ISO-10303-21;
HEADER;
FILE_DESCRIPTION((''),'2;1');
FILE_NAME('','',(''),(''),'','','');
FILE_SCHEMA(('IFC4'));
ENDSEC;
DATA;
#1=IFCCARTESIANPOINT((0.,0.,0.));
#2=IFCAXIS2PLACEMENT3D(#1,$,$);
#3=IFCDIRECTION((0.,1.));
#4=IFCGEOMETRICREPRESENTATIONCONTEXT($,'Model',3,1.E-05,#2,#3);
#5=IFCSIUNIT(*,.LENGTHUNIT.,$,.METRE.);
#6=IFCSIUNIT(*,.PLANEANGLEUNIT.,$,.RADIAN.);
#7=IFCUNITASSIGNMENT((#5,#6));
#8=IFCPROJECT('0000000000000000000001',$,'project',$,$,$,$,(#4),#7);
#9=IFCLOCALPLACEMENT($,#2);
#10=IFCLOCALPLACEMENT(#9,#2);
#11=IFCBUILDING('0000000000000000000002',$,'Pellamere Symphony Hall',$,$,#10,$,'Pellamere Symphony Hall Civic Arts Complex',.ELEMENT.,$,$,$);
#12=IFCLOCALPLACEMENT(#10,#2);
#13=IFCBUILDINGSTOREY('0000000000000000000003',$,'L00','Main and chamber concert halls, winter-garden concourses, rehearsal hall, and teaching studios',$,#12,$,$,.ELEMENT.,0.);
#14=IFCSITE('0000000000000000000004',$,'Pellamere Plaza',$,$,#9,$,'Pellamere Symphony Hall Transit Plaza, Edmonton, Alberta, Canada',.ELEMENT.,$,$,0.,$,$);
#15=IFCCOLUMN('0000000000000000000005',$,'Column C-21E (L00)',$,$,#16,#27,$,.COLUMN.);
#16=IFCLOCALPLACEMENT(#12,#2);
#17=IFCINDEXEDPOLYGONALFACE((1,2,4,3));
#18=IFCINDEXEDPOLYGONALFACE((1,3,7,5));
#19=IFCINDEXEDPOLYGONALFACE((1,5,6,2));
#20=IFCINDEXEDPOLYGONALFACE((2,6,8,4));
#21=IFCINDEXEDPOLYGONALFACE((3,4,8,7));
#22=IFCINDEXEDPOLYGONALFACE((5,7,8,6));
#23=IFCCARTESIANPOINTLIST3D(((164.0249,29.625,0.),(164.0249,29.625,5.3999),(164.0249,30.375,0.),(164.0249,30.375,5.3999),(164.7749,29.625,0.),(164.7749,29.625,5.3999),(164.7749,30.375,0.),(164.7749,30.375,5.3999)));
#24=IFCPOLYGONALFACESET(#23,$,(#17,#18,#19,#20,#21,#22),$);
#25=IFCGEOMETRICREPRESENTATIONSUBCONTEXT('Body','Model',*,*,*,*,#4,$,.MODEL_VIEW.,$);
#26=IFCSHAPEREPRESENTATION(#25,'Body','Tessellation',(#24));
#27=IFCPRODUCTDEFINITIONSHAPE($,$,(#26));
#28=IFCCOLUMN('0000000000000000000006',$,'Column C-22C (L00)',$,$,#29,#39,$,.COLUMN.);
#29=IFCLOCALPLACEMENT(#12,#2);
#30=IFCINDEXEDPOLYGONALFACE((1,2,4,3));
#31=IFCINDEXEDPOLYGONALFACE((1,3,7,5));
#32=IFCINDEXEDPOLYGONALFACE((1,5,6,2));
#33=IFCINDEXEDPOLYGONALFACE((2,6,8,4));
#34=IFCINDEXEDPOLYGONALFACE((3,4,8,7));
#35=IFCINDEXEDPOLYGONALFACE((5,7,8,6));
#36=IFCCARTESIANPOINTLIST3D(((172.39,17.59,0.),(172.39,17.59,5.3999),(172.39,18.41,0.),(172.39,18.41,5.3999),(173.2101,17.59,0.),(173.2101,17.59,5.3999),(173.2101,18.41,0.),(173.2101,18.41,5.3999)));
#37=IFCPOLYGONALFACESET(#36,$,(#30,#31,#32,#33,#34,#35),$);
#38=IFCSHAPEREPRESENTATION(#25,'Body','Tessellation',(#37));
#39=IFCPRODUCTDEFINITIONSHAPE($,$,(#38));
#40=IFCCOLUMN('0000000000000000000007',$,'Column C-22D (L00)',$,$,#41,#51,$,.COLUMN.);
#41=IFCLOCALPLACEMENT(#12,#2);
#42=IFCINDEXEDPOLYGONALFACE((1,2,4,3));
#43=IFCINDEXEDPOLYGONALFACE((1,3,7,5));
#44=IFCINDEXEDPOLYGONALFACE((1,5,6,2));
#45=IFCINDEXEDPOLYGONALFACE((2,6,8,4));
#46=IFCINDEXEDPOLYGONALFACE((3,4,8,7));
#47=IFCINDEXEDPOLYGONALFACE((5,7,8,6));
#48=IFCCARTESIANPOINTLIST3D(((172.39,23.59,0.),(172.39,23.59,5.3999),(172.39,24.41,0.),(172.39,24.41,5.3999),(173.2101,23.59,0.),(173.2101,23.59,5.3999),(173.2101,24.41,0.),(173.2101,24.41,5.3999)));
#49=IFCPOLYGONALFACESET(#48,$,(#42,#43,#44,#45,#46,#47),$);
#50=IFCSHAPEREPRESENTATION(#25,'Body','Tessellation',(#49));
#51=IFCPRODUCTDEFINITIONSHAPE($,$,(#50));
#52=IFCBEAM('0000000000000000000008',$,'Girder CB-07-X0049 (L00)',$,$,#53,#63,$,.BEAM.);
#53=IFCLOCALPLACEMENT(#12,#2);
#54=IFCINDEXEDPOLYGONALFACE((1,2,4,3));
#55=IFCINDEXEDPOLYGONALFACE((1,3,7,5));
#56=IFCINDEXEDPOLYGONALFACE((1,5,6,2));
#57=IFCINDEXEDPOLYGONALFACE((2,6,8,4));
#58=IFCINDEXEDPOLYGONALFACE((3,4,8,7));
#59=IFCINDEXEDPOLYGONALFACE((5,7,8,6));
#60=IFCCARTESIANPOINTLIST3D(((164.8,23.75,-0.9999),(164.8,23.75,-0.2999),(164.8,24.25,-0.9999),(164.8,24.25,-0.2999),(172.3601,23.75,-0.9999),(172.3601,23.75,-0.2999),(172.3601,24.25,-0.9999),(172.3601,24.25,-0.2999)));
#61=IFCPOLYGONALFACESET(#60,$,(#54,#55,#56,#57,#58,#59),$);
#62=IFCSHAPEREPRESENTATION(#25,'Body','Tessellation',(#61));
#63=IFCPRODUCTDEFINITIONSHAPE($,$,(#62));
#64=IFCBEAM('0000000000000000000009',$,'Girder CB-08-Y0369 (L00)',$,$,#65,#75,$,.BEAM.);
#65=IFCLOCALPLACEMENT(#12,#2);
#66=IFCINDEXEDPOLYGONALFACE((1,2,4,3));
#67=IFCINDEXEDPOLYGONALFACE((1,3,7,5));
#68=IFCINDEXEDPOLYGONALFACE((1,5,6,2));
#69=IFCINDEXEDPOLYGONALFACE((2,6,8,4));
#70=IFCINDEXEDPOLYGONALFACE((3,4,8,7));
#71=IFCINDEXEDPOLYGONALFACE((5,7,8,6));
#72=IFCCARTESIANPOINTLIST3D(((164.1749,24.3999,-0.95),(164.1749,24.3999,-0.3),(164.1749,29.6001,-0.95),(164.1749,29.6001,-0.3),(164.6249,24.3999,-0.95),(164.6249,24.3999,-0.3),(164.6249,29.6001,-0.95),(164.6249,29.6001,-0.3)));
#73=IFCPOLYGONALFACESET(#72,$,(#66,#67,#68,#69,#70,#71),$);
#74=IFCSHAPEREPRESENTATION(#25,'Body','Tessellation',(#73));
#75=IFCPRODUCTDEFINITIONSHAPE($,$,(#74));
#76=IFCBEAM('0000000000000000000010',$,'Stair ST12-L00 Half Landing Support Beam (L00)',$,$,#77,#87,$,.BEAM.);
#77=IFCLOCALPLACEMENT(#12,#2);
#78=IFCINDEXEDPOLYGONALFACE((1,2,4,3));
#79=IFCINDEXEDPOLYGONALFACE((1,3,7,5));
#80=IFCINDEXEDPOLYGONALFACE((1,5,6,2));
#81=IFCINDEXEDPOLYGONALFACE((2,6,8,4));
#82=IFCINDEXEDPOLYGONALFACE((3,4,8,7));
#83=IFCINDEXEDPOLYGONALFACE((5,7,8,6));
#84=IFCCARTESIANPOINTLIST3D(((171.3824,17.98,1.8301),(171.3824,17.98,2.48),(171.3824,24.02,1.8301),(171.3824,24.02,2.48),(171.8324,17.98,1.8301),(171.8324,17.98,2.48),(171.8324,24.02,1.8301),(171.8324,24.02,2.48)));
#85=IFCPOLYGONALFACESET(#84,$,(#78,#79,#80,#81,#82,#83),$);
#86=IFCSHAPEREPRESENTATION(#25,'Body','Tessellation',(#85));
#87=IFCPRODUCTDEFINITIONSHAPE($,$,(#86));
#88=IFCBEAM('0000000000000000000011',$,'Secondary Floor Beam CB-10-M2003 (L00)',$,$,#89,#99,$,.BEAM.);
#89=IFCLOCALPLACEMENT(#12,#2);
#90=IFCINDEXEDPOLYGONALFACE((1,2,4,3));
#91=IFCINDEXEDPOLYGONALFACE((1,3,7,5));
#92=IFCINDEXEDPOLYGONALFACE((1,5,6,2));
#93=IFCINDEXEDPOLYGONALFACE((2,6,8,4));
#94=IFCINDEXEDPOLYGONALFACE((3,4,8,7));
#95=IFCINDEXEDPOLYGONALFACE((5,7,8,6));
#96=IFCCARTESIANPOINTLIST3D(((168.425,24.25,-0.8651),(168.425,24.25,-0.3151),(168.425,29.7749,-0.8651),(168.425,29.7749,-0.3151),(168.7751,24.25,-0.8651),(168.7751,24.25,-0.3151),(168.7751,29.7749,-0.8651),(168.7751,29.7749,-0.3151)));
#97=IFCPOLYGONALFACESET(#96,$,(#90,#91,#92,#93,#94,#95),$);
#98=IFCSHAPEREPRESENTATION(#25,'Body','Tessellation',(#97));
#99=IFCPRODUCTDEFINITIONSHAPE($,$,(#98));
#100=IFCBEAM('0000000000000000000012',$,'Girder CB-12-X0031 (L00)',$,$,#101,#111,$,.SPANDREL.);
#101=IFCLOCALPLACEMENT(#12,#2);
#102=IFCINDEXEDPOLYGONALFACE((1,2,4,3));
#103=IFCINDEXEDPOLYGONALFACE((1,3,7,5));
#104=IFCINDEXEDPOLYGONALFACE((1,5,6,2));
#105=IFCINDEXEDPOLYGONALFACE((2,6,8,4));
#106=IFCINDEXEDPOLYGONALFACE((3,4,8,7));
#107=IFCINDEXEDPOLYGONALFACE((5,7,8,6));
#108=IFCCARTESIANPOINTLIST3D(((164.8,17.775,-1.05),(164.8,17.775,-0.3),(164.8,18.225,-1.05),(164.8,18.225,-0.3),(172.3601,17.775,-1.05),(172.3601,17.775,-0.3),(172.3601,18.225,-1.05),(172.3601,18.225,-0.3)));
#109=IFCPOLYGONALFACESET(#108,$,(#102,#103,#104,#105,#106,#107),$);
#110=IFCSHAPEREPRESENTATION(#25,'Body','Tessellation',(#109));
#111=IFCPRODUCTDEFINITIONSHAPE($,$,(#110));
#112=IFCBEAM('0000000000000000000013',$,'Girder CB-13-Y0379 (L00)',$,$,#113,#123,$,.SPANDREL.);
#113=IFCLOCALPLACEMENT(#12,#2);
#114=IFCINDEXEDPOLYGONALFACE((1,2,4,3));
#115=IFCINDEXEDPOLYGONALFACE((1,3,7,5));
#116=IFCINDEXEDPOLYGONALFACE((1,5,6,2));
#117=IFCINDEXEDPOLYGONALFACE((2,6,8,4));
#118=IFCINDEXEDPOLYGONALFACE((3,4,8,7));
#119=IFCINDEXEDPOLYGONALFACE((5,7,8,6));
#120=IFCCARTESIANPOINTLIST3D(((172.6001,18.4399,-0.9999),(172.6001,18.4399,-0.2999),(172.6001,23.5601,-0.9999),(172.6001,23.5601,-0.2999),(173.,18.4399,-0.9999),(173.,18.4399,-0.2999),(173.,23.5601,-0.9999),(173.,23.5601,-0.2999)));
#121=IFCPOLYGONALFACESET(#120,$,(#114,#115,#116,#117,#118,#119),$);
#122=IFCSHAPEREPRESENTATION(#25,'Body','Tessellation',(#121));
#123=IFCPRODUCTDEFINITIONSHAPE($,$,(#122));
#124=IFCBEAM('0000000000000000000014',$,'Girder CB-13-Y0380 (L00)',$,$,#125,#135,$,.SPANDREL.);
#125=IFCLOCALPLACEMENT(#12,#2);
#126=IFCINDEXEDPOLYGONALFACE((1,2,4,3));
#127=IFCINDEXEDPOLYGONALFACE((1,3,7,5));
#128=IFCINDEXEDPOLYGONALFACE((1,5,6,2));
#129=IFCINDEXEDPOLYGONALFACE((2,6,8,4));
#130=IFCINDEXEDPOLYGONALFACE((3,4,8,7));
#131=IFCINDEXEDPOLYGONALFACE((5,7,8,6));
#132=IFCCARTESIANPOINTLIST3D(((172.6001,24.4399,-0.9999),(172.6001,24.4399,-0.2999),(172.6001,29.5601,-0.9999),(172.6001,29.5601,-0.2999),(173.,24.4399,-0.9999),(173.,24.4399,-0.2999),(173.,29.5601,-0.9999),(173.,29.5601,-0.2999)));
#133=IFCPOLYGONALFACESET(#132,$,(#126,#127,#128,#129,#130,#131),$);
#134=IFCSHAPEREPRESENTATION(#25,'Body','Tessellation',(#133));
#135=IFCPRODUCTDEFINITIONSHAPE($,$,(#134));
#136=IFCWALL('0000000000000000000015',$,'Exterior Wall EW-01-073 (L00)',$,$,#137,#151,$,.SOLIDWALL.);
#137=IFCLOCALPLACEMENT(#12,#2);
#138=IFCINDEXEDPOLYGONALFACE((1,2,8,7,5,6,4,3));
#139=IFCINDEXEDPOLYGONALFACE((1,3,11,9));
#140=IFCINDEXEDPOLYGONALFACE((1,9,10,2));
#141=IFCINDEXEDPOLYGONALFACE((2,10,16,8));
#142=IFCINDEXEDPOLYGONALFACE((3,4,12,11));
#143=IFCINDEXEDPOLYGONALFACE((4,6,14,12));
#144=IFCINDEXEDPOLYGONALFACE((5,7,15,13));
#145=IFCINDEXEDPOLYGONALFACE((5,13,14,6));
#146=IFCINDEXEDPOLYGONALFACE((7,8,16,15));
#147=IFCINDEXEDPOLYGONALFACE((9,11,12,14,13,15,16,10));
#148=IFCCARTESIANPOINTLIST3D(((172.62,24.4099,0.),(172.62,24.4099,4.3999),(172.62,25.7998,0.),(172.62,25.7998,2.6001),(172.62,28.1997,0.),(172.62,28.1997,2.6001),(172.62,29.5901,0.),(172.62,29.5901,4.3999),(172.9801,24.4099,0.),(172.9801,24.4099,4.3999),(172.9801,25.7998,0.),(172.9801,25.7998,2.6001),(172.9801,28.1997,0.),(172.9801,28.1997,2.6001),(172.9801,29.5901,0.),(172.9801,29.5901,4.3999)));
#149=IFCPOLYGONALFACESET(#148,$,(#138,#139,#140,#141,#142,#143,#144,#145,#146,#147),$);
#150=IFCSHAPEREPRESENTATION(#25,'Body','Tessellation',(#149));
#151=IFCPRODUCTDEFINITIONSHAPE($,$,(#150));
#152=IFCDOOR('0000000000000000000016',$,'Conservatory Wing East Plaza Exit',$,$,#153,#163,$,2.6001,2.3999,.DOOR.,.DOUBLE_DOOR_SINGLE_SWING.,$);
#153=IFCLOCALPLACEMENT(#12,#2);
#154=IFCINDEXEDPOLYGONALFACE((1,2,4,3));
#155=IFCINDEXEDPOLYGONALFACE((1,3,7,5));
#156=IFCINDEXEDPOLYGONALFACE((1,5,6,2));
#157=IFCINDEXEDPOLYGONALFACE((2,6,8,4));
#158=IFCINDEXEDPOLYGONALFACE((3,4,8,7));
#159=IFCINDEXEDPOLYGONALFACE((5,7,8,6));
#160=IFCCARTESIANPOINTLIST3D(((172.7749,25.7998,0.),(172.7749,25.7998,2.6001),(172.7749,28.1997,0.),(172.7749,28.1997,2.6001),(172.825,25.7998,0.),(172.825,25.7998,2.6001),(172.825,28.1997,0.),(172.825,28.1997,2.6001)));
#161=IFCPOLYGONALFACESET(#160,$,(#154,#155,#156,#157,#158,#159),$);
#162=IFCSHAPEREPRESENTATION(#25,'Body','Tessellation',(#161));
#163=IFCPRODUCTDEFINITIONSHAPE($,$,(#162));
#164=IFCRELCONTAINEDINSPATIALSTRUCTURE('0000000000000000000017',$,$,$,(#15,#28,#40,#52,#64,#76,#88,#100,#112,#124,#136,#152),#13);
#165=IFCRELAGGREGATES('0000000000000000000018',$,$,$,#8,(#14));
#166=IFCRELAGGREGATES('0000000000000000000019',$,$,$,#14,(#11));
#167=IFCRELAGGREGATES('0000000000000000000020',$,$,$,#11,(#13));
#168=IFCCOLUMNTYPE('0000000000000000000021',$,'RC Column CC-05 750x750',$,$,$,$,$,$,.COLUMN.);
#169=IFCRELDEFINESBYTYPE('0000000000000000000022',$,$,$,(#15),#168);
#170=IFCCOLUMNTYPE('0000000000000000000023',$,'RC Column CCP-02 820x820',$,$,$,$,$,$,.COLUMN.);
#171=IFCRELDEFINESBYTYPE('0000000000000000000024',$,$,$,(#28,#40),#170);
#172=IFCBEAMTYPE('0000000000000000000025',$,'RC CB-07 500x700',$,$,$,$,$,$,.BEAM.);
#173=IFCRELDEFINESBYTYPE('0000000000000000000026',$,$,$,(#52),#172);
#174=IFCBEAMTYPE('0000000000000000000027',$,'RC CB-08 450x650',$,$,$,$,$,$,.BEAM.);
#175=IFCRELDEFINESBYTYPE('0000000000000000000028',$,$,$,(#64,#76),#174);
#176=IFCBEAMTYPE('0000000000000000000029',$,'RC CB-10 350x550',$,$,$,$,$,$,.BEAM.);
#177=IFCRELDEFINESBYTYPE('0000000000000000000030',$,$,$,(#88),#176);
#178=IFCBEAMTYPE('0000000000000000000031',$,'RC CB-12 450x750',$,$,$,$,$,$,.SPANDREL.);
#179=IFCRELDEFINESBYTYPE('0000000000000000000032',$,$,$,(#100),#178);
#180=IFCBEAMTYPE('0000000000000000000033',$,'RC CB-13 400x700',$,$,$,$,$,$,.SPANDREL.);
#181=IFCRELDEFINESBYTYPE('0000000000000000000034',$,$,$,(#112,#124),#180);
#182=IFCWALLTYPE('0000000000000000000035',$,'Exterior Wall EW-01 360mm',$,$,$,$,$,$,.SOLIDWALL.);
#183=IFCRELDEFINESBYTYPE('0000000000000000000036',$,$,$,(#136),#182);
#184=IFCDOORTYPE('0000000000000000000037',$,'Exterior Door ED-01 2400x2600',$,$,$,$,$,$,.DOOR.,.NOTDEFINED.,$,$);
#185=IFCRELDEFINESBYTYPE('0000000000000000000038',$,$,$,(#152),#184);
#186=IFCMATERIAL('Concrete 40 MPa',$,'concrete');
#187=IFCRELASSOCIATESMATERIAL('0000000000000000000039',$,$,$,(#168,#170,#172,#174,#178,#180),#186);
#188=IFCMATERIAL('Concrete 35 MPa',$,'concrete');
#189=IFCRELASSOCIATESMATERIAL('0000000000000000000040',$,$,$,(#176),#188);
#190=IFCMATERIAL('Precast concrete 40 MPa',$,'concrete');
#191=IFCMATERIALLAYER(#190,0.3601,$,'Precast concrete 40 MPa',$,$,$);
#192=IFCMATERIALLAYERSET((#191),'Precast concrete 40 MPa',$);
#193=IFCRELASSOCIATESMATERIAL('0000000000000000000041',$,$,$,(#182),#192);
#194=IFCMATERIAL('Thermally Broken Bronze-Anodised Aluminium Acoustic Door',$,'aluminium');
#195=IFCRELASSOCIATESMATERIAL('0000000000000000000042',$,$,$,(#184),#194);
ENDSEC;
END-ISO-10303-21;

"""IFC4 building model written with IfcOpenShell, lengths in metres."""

from ifc_helpers import new_model, si_unit, direction, frame, frame_2d, origin, origin_2d, place, context, subcontext, project, spatial, rectangle, extrude, material, layer, layer_set, material_profile, profile_set, type_object, element, fill, save


model = new_model("IFC4")

# Units and contexts
model_context = context("Model", 3, precision=1e-05, world=origin(), true_north=direction((0.0, 1.0)))
body_context = subcontext(model_context, "Body", "Model", "MODEL_VIEW")
ifc_project = project(units=[si_unit("LENGTHUNIT", "METRE"), si_unit("PLANEANGLEUNIT", "RADIAN")], contexts=[model_context])

# Site, building, storey
site_placement = place(None, origin())
site = spatial("IfcSite", under=ifc_project, at=site_placement, Name="Pellamere Plaza", LongName="Pellamere Symphony Hall Transit Plaza, Edmonton, Alberta, Canada", CompositionType="ELEMENT", RefElevation=0.0)
building_placement = place(site_placement, origin())
building = spatial("IfcBuilding", under=site, at=building_placement, Name="Pellamere Symphony Hall", LongName="Pellamere Symphony Hall Civic Arts Complex", CompositionType="ELEMENT")
storey_placement = place(building_placement, origin())
storey = spatial("IfcBuildingStorey", under=building, at=storey_placement, Name="L00", Description="Main and chamber concert halls, winter-garden concourses, rehearsal hall, and teaching studios", CompositionType="ELEMENT", Elevation=0.0)

# Columns
ifc_material_1 = material(Name="Concrete 40 MPa", Category="concrete")
ifc_material_profile_1 = material_profile(ifc_material_1, rectangle(XDim=0.75, YDim=0.75, at=origin_2d()), Name="RC 750x750")
ifc_profile_set_1 = profile_set([ifc_material_profile_1], Name="Concrete 40 MPa")
column_type_1 = type_object("IfcColumnType", Name="RC Column CC-05 750x750", PredefinedType="COLUMN", material=ifc_profile_set_1)
column_placement = place(storey_placement, frame((164.3999, 30.0, 0.0), z_axis=(0.0, 0.0, 1.0), x_axis=(1.0, 0.0, 0.0)))
element("IfcColumn", 1, at=column_placement, inside=storey, type_object=column_type_1, Name="Column C-21E (L00)", PredefinedType="COLUMN", context=body_context, shape_type="SweptSolid", body=[
    extrude(rectangle(XDim=0.75, YDim=0.75, at=origin_2d()), origin(), (0.0, 0.0, 1.0), 5.3999),
])
ifc_material_profile_2 = material_profile(ifc_material_1, rectangle(XDim=0.8201, YDim=0.8201, at=origin_2d()), Name="RC 820x820")
ifc_profile_set_2 = profile_set([ifc_material_profile_2], Name="Concrete 40 MPa")
column_type_2 = type_object("IfcColumnType", Name="RC Column CCP-02 820x820", PredefinedType="COLUMN", material=ifc_profile_set_2)
for number, where, z_axis, x_axis, name in (
    (2, (172.8, 18.0, 0.0), (0.0, 0.0, 1.0), (1.0, 0.0, 0.0), "Column C-22C (L00)"),
    (3, (172.8, 24.0, 0.0), (0.0, 0.0, 1.0), (1.0, 0.0, 0.0), "Column C-22D (L00)"),
):
    element("IfcColumn", number, at=place(storey_placement, frame(where, z_axis=z_axis, x_axis=x_axis)), inside=storey, type_object=column_type_2, Name=name, PredefinedType="COLUMN", context=body_context, shape_type="SweptSolid", body=[
        extrude(rectangle(XDim=0.8201, YDim=0.8201, at=origin_2d()), origin(), (0.0, 0.0, 1.0), 5.3999),
    ])

# Beams
ifc_material_profile_3 = material_profile(ifc_material_1, rectangle(XDim=0.5, YDim=0.7, at=origin_2d()), Name="RC 500x700")
ifc_profile_set_3 = profile_set([ifc_material_profile_3], Name="Concrete 40 MPa")
beam_type_1 = type_object("IfcBeamType", Name="RC CB-07 500x700", PredefinedType="BEAM", material=ifc_profile_set_3)
beam_1_placement = place(storey_placement, frame((164.8, 24.0, -0.6499), z_axis=(1.0, 0.0, 0.0), x_axis=(0.0, 1.0, 0.0)))
element("IfcBeam", 4, at=beam_1_placement, inside=storey, type_object=beam_type_1, Name="Girder CB-07-X0049 (L00)", PredefinedType="BEAM", context=body_context, shape_type="SweptSolid", body=[
    extrude(rectangle(XDim=0.5, YDim=0.7, at=origin_2d()), origin(), (0.0, 0.0, 1.0), 7.5601),
])
ifc_material_profile_4 = material_profile(ifc_material_1, rectangle(XDim=0.45, YDim=0.6499, at=origin_2d()), Name="RC 450x650")
ifc_profile_set_4 = profile_set([ifc_material_profile_4], Name="Concrete 40 MPa")
beam_type_2 = type_object("IfcBeamType", Name="RC CB-08 450x650", PredefinedType="BEAM", material=ifc_profile_set_4)
beam_2_placement = place(storey_placement, frame((164.3999, 24.3999, -0.625), z_axis=(0.0, 1.0, 0.0), x_axis=(-1.0, 0.0, 0.0)))
element("IfcBeam", 5, at=beam_2_placement, inside=storey, type_object=beam_type_2, Name="Girder CB-08-Y0369 (L00)", PredefinedType="BEAM", context=body_context, shape_type="SweptSolid", body=[
    extrude(rectangle(XDim=0.45, YDim=0.6499, at=origin_2d()), origin(), (0.0, 0.0, 1.0), 5.2002),
])
beam_3_placement = place(storey_placement, frame((171.6074, 17.98, 2.155), z_axis=(0.0, 1.0, 0.0), x_axis=(-1.0, 0.0, 0.0)))
element("IfcBeam", 6, at=beam_3_placement, inside=storey, type_object=beam_type_2, Name="Stair ST12-L00 Half Landing Support Beam (L00)", PredefinedType="BEAM", context=body_context, shape_type="SweptSolid", body=[
    extrude(rectangle(XDim=0.45, YDim=0.6499, at=origin_2d()), origin(), (0.0, 0.0, 1.0), 6.04),
])
ifc_material_2 = material(Name="Concrete 35 MPa", Category="concrete")
ifc_material_profile_5 = material_profile(ifc_material_2, rectangle(XDim=0.3501, YDim=0.55, at=origin_2d()), Name="RC 350x550")
ifc_profile_set_5 = profile_set([ifc_material_profile_5], Name="Concrete 35 MPa")
beam_type_3 = type_object("IfcBeamType", Name="RC CB-10 350x550", PredefinedType="BEAM", material=ifc_profile_set_5)
beam_4_placement = place(storey_placement, frame((168.6001, 24.25, -0.5901), z_axis=(0.0, 1.0, 0.0), x_axis=(-1.0, 0.0, 0.0)))
element("IfcBeam", 7, at=beam_4_placement, inside=storey, type_object=beam_type_3, Name="Secondary Floor Beam CB-10-M2003 (L00)", PredefinedType="BEAM", context=body_context, shape_type="SweptSolid", body=[
    extrude(rectangle(XDim=0.3501, YDim=0.55, at=origin_2d()), origin(), (0.0, 0.0, 1.0), 5.5249),
])
ifc_material_profile_6 = material_profile(ifc_material_1, rectangle(XDim=0.45, YDim=0.75, at=origin_2d()), Name="RC 450x750")
ifc_profile_set_6 = profile_set([ifc_material_profile_6], Name="Concrete 40 MPa")
beam_type_4 = type_object("IfcBeamType", Name="RC CB-12 450x750", PredefinedType="SPANDREL", material=ifc_profile_set_6)
beam_5_placement = place(storey_placement, frame((164.8, 18.0, -0.675), z_axis=(1.0, 0.0, 0.0), x_axis=(0.0, 1.0, 0.0)))
element("IfcBeam", 8, at=beam_5_placement, inside=storey, type_object=beam_type_4, Name="Girder CB-12-X0031 (L00)", PredefinedType="SPANDREL", context=body_context, shape_type="SweptSolid", body=[
    extrude(rectangle(XDim=0.45, YDim=0.75, at=origin_2d()), origin(), (0.0, 0.0, 1.0), 7.5601),
])
ifc_material_profile_7 = material_profile(ifc_material_1, rectangle(XDim=0.3999, YDim=0.7, at=origin_2d()), Name="RC 400x700")
ifc_profile_set_7 = profile_set([ifc_material_profile_7], Name="Concrete 40 MPa")
beam_type_5 = type_object("IfcBeamType", Name="RC CB-13 400x700", PredefinedType="SPANDREL", material=ifc_profile_set_7)
for number, where, z_axis, x_axis, name in (
    (9, (172.8, 18.4399, -0.6499), (0.0, 1.0, 0.0), (-1.0, 0.0, 0.0), "Girder CB-13-Y0379 (L00)"),
    (10, (172.8, 24.4399, -0.6499), (0.0, 1.0, 0.0), (-1.0, 0.0, 0.0), "Girder CB-13-Y0380 (L00)"),
):
    element("IfcBeam", number, at=place(storey_placement, frame(where, z_axis=z_axis, x_axis=x_axis)), inside=storey, type_object=beam_type_5, Name=name, PredefinedType="SPANDREL", context=body_context, shape_type="SweptSolid", body=[
        extrude(rectangle(XDim=0.3999, YDim=0.7, at=origin_2d()), origin(), (0.0, 0.0, 1.0), 5.1201),
    ])

# Wall, opening, door
ifc_material_3 = material(Name="Precast concrete 40 MPa", Category="concrete")
ifc_layer_1 = layer(ifc_material_3, 0.3601, Name="Precast concrete 40 MPa")
ifc_layer_set_1 = layer_set([ifc_layer_1], Name="Precast concrete 40 MPa")
wall_type_1 = type_object("IfcWallType", Name="Exterior Wall EW-01 360mm", PredefinedType="SOLIDWALL", material=ifc_layer_set_1)
wall_1_placement = place(storey_placement, frame((172.8, 24.4099, 0.0), z_axis=(0.0, 0.0, 1.0), x_axis=(0.0, 1.0, 0.0)))
wall_1 = element("IfcWall", 11, at=wall_1_placement, inside=storey, type_object=wall_type_1, Name="Exterior Wall EW-01-073 (L00)", PredefinedType="SOLIDWALL", context=body_context, shape_type="SweptSolid", body=[
    extrude(rectangle(XDim=5.1802, YDim=0.3601, at=frame_2d((2.5901, 0.0))), origin(), (0.0, 0.0, 1.0), 4.3999),
])
opening_1_placement = place(wall_1_placement, frame((1.3899, 0.0, 0.0)))
opening_1 = element("IfcOpeningElement", 12, at=opening_1_placement, cuts=wall_1, PredefinedType="OPENING", context=body_context, shape_type="SweptSolid", body=[
    extrude(rectangle(XDim=2.3999, YDim=2.6001, at=frame_2d((1.2, 1.3))), frame((0.0, 0.1899, 0.0), z_axis=(0.0, -1.0, 0.0), x_axis=(1.0, 0.0, 0.0)), (0.0, 0.0, 1.0), 0.3801),
])
ifc_material_4 = material(Name="Thermally Broken Bronze-Anodised Aluminium Acoustic Door", Category="aluminium")
door_type_1 = type_object("IfcDoorType", Name="Exterior Door ED-01 2400x2600", OperationType="NOTDEFINED", PredefinedType="DOOR", material=ifc_material_4)
door_1_placement = place(opening_1_placement, frame((2.3999, 0.0, 0.0), z_axis=(0.0, 0.0, 1.0), x_axis=(-1.0, 0.0, 0.0)))
door_1 = element("IfcDoor", 13, at=door_1_placement, inside=storey, type_object=door_type_1, Name="Conservatory Wing East Plaza Exit", OperationType="DOUBLE_DOOR_SINGLE_SWING", OverallHeight=2.6001, OverallWidth=2.3999, PredefinedType="DOOR", context=body_context, shape_type="SweptSolid", body=[
    extrude(rectangle(XDim=2.3999, YDim=2.6001, at=frame_2d((1.2, 1.3))), frame((0.0, 0.0249, 0.0), z_axis=(0.0, -1.0, 0.0), x_axis=(1.0, 0.0, 0.0)), (0.0, 0.0, 1.0), 0.05),
])
fill(opening_1, door_1)

save(model, "model.ifc")
